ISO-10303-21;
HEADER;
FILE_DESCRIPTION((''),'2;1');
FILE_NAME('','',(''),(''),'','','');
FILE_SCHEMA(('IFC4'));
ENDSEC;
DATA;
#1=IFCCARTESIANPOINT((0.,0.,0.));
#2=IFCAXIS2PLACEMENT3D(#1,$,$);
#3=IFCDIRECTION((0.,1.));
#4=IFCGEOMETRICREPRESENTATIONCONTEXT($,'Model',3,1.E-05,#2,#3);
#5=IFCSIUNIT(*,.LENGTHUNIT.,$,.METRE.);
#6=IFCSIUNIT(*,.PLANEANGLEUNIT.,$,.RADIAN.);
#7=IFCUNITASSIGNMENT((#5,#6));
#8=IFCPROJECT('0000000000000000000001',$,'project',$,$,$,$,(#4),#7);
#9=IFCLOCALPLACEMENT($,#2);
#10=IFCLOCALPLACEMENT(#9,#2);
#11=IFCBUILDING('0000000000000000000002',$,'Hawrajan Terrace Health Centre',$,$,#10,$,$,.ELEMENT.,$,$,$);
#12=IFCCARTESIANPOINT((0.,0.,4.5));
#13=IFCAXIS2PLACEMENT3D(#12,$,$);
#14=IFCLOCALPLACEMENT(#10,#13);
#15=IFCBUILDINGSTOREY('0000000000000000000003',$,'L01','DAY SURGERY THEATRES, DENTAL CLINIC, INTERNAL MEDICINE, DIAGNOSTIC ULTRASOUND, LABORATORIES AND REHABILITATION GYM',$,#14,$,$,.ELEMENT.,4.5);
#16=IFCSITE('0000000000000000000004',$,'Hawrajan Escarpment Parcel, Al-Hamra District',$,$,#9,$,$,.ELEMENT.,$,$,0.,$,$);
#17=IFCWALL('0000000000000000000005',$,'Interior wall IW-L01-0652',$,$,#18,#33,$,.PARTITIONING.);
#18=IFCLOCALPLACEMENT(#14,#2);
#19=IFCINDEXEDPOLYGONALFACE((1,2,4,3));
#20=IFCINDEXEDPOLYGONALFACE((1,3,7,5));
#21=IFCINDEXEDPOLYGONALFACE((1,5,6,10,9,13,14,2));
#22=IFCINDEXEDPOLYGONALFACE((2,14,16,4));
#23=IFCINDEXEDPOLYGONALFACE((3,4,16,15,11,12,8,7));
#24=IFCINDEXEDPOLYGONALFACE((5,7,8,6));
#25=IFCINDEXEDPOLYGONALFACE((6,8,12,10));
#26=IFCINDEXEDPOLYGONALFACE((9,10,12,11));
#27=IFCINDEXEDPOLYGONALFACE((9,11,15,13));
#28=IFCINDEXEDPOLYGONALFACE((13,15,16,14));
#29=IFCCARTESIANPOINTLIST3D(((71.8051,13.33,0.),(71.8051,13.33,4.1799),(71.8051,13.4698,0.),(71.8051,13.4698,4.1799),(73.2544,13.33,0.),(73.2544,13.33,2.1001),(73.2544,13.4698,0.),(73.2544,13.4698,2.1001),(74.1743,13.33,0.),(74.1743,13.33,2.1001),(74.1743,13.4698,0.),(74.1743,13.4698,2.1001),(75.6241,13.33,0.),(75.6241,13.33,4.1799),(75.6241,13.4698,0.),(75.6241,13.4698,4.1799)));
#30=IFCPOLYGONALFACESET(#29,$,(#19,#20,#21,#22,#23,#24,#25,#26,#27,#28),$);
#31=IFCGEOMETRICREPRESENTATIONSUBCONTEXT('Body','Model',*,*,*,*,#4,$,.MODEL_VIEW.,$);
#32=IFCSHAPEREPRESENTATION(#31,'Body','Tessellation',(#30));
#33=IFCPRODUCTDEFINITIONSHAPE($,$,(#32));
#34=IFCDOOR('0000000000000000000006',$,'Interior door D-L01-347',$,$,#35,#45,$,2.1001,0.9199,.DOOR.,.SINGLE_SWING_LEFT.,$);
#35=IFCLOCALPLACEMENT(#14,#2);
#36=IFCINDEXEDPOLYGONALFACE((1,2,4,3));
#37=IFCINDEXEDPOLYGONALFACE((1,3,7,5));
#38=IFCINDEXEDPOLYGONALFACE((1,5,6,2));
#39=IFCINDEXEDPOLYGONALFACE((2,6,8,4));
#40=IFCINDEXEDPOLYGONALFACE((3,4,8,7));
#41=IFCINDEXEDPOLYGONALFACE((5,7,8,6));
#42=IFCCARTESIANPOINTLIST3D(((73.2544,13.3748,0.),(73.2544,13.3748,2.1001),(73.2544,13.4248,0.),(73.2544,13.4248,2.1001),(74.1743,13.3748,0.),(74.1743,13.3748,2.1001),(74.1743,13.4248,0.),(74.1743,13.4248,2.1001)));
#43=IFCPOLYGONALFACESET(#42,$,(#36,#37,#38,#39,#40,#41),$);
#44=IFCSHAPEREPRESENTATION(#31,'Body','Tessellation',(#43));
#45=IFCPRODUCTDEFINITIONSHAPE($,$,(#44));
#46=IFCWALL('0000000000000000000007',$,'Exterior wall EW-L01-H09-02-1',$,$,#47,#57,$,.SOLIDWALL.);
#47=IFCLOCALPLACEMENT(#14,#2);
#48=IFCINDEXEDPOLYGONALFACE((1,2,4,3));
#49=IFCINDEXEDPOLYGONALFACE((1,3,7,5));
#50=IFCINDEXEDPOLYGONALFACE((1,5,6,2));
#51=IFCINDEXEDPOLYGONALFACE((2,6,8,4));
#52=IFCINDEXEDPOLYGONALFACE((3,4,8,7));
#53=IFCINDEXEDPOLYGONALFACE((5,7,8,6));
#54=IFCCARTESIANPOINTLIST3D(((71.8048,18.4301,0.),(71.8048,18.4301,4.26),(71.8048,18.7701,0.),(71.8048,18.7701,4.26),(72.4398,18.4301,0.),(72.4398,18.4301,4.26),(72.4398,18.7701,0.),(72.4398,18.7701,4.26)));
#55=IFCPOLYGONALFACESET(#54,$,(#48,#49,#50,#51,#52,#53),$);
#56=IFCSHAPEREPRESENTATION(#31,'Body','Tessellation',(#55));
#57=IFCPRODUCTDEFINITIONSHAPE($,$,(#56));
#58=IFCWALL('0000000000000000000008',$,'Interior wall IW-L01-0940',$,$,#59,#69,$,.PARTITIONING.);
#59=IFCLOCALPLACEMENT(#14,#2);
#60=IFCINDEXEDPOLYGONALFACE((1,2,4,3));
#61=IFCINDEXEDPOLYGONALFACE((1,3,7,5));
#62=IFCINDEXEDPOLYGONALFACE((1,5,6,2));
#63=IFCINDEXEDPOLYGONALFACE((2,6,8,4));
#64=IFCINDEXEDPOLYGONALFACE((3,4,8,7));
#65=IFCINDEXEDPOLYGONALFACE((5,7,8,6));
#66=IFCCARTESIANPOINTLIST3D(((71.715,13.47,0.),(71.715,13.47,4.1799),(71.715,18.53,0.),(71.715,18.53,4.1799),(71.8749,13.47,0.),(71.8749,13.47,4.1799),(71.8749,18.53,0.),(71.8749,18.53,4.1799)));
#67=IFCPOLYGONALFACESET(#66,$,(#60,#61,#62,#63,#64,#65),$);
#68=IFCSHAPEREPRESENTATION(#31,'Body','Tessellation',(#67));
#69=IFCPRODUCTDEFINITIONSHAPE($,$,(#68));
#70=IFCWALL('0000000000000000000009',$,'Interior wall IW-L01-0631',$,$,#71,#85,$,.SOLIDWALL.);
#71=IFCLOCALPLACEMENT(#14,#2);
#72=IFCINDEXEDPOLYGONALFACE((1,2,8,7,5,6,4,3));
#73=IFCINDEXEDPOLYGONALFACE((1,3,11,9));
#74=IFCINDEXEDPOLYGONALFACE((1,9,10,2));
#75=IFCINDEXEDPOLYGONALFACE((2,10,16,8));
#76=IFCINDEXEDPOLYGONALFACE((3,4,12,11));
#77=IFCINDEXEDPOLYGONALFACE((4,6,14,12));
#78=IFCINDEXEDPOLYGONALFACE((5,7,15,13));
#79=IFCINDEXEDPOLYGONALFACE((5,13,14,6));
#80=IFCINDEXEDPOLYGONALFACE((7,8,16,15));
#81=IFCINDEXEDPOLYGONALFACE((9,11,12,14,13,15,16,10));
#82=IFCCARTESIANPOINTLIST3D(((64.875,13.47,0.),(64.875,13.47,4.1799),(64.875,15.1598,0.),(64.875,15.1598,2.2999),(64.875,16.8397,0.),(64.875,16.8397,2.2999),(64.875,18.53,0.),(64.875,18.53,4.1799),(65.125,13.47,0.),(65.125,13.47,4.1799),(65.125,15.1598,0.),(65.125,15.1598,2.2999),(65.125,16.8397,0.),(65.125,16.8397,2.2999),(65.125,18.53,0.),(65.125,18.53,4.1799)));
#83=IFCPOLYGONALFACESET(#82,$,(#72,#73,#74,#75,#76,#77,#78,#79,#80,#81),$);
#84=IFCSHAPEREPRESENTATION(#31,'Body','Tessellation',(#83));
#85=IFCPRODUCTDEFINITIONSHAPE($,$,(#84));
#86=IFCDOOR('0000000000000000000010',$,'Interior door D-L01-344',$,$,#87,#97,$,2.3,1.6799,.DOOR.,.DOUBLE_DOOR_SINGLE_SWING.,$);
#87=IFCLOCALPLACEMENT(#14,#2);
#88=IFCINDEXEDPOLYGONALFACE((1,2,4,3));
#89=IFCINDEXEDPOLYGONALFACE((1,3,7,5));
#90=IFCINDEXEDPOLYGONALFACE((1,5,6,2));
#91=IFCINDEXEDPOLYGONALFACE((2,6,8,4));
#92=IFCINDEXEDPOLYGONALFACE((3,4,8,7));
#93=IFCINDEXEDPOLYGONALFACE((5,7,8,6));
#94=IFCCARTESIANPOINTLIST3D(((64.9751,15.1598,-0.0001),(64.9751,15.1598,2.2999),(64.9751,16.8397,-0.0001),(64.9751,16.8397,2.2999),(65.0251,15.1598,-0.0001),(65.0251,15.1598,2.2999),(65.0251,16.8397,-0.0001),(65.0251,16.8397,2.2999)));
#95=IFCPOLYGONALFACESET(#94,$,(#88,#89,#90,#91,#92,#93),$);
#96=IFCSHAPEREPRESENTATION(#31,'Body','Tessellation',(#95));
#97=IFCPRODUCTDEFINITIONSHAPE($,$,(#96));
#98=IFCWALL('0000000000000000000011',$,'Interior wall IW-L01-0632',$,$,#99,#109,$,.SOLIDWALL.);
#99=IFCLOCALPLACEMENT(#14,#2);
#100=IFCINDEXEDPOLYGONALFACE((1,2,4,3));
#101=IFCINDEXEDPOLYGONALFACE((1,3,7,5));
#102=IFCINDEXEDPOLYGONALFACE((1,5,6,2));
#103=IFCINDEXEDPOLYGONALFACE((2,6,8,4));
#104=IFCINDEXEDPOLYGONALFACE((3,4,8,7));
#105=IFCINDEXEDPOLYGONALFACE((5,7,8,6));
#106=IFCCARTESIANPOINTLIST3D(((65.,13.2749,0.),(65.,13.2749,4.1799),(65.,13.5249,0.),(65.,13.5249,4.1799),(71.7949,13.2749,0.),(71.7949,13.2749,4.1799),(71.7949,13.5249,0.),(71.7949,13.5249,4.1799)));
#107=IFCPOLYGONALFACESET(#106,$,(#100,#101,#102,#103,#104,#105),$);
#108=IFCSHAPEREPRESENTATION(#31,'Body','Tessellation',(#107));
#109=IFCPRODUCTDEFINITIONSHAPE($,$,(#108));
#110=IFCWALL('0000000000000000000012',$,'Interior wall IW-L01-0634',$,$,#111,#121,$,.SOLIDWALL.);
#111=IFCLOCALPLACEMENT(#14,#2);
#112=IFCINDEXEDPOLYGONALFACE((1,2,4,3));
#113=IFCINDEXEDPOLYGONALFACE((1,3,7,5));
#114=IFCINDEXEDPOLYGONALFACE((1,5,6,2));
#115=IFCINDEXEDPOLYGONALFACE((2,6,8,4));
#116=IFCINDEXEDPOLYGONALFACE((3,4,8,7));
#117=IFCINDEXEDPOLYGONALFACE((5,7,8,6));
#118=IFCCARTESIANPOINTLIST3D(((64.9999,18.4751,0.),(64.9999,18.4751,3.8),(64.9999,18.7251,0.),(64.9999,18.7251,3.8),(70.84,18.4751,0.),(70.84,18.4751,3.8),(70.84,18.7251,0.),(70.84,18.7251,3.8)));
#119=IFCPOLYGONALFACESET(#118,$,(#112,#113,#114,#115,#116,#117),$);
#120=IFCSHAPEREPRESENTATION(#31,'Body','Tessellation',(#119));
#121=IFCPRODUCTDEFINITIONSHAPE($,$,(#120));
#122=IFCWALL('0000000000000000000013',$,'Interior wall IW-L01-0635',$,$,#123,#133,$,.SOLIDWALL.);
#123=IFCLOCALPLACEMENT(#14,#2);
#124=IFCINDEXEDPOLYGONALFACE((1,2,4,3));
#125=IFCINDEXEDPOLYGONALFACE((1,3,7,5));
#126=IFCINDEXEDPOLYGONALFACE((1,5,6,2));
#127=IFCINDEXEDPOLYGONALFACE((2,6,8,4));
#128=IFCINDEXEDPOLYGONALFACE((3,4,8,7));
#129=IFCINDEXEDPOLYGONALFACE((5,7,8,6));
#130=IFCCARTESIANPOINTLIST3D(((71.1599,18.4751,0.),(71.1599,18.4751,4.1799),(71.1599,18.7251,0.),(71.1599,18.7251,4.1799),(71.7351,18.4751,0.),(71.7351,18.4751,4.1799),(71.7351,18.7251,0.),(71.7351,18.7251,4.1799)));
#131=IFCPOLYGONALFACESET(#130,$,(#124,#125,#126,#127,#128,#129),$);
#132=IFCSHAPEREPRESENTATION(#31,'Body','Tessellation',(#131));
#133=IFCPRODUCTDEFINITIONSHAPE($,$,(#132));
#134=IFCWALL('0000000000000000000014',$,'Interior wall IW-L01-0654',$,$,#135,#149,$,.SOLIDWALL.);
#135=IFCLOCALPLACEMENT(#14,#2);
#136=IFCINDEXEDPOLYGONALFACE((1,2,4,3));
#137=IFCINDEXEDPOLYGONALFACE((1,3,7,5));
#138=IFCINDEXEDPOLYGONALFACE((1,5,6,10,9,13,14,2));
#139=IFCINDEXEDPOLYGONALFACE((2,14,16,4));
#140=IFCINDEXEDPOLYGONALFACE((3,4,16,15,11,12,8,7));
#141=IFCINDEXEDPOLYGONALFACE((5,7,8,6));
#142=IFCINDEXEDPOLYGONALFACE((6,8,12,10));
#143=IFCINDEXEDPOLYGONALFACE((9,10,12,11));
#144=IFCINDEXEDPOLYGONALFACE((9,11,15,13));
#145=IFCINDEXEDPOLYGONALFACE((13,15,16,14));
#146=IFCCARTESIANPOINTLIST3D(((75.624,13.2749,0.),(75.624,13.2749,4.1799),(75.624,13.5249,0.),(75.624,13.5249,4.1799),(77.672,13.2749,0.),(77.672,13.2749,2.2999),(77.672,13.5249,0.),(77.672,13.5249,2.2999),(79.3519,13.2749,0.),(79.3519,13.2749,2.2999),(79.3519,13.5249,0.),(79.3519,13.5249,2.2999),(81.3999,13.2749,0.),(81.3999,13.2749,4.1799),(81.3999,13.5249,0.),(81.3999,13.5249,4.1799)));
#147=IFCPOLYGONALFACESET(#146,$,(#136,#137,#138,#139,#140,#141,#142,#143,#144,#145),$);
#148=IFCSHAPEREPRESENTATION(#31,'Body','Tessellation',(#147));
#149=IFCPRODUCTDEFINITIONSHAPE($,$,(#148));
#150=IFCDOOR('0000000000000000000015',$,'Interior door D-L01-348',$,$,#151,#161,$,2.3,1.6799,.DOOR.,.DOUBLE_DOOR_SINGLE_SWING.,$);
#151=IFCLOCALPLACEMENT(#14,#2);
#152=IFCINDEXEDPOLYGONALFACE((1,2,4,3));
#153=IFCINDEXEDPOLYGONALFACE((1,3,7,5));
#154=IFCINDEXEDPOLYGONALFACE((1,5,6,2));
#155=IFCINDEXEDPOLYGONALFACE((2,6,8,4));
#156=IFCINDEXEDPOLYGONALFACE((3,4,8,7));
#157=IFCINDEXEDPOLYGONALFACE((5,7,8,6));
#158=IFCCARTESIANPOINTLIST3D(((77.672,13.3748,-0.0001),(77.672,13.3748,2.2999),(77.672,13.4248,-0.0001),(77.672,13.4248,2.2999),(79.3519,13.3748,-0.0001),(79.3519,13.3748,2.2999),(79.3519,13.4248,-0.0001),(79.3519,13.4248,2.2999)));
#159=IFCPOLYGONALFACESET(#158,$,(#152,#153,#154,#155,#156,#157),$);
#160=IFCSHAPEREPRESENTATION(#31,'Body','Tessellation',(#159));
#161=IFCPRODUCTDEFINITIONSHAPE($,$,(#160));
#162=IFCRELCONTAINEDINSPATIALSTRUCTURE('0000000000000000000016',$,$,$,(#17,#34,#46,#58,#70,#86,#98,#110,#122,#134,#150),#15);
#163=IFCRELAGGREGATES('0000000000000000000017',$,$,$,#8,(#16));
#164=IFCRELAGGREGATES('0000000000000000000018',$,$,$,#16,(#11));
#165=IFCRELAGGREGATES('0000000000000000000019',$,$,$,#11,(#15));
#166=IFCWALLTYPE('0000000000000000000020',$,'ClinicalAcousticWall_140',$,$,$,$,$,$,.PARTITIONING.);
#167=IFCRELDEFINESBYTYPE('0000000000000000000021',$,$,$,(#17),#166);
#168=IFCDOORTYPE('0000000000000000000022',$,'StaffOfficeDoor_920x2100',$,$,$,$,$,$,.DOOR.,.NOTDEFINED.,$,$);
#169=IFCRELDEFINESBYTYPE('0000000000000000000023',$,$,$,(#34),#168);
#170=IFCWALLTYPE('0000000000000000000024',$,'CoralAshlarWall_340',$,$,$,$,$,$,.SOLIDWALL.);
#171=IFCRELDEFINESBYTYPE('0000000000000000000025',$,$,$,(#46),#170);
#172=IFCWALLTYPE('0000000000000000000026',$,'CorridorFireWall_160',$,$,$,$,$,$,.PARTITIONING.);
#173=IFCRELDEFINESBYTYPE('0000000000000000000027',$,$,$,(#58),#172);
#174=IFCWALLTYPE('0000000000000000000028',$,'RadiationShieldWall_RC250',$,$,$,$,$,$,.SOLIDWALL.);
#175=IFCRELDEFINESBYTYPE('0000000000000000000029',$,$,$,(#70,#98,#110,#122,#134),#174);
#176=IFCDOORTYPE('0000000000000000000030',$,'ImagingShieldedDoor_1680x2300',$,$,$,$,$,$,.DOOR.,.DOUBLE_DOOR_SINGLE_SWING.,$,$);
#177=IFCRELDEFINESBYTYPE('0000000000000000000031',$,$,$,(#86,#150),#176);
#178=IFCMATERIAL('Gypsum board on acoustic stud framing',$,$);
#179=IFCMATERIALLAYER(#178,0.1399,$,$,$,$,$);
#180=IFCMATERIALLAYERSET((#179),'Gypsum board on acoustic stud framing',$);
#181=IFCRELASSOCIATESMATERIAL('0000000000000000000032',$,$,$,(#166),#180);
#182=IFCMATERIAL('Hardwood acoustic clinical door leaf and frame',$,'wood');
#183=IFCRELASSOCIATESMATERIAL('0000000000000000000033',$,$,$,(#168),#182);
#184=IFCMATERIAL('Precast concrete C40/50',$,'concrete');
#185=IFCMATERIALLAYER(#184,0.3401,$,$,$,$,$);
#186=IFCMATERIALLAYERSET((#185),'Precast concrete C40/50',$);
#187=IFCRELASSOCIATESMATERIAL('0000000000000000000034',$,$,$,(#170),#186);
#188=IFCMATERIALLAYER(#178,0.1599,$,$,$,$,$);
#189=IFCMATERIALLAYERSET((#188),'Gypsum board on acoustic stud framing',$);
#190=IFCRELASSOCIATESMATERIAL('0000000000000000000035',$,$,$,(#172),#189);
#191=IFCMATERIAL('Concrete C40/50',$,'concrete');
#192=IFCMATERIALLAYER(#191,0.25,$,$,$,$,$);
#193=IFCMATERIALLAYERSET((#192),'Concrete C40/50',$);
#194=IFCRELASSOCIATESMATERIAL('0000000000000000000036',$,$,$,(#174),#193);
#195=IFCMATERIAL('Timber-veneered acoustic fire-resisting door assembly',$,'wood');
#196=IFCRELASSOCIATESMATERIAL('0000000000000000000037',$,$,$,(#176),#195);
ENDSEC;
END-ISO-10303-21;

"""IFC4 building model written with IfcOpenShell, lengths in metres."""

from ifc_helpers import new_model, si_unit, direction, frame, frame_2d, origin, place, context, subcontext, project, spatial, rectangle, extrude, material, layer, layer_set, type_object, element, fill, save


model = new_model("IFC4")

# Units and contexts
model_context = context("Model", 3, precision=1e-05, world=origin(), true_north=direction((0.0, 1.0)))
body_context = subcontext(model_context, "Body", "Model", "MODEL_VIEW")
ifc_project = project(units=[si_unit("LENGTHUNIT", "METRE"), si_unit("PLANEANGLEUNIT", "RADIAN")], contexts=[model_context])

# Site, building, storey
site_placement = place(None, origin())
site = spatial("IfcSite", under=ifc_project, at=site_placement, Name="Hawrajan Escarpment Parcel, Al-Hamra District", CompositionType="ELEMENT", RefElevation=0.0)
building_placement = place(site_placement, origin())
building = spatial("IfcBuilding", under=site, at=building_placement, Name="Hawrajan Terrace Health Centre", CompositionType="ELEMENT")
storey_placement = place(building_placement, frame((0.0, 0.0, 4.5)))
storey = spatial("IfcBuildingStorey", under=building, at=storey_placement, Name="L01", Description="DAY SURGERY THEATRES, DENTAL CLINIC, INTERNAL MEDICINE, DIAGNOSTIC ULTRASOUND, LABORATORIES AND REHABILITATION GYM", CompositionType="ELEMENT", Elevation=4.5)

# Shared definitions
ifc_material_1 = material(Name="Concrete C40/50", Category="concrete")

# Wall, opening, door
ifc_material_2 = material(Name="Gypsum board on acoustic stud framing")
ifc_layer_1 = layer(ifc_material_2, 0.1399)
ifc_layer_set_1 = layer_set([ifc_layer_1], Name="Gypsum board on acoustic stud framing")
wall_type_1 = type_object("IfcWallType", Name="ClinicalAcousticWall_140", PredefinedType="PARTITIONING", material=ifc_layer_set_1)
wall_1_placement = place(storey_placement, frame((71.8049, 13.3999, 0.0), z_axis=(0.0, 0.0, 1.0), x_axis=(1.0, 0.0, 0.0)))
wall_1 = element("IfcWall", 1, at=wall_1_placement, inside=storey, type_object=wall_type_1, Name="Interior wall IW-L01-0652", PredefinedType="PARTITIONING", context=body_context, shape_type="SweptSolid", body=[
    extrude(rectangle(XDim=3.8191, YDim=0.1399, at=frame_2d((1.9097, 0.0))), origin(), (0.0, 0.0, 1.0), 4.1799),
])
opening_1_placement = place(wall_1_placement, frame((1.4495, 0.0, 0.0)))
opening_1 = element("IfcOpeningElement", 2, at=opening_1_placement, cuts=wall_1, PredefinedType="OPENING", context=body_context, shape_type="SweptSolid", body=[
    extrude(rectangle(XDim=0.9199, YDim=2.1001, at=frame_2d((0.46, 1.05))), frame((0.0, 0.0798, 0.0), z_axis=(0.0, -1.0, 0.0), x_axis=(1.0, 0.0, 0.0)), (0.0, 0.0, 1.0), 0.1599),
])
ifc_material_3 = material(Name="Hardwood acoustic clinical door leaf and frame", Category="wood")
door_type_1 = type_object("IfcDoorType", Name="StaffOfficeDoor_920x2100", OperationType="NOTDEFINED", PredefinedType="DOOR", material=ifc_material_3)
door_1_placement = place(opening_1_placement, origin())
door_1 = element("IfcDoor", 3, at=door_1_placement, inside=storey, type_object=door_type_1, Name="Interior door D-L01-347", OperationType="SINGLE_SWING_LEFT", OverallHeight=2.1001, OverallWidth=0.9199, PredefinedType="DOOR", context=body_context, shape_type="SweptSolid", body=[
    extrude(rectangle(XDim=0.9199, YDim=2.1001, at=frame_2d((0.46, 1.05))), frame((0.0, 0.0249, 0.0), z_axis=(0.0, -1.0, 0.0), x_axis=(1.0, 0.0, 0.0)), (0.0, 0.0, 1.0), 0.05),
])
fill(opening_1, door_1)

# Walls
ifc_material_4 = material(Name="Precast concrete C40/50", Category="concrete")
ifc_layer_2 = layer(ifc_material_4, 0.3401)
ifc_layer_set_2 = layer_set([ifc_layer_2], Name="Precast concrete C40/50")
wall_type_2 = type_object("IfcWallType", Name="CoralAshlarWall_340", PredefinedType="SOLIDWALL", material=ifc_layer_set_2)
wall_2_placement = place(storey_placement, frame((71.8049, 18.6001, 0.0), z_axis=(0.0, 0.0, 1.0), x_axis=(1.0, 0.0, 0.0)))
element("IfcWall", 4, at=wall_2_placement, inside=storey, type_object=wall_type_2, Name="Exterior wall EW-L01-H09-02-1", PredefinedType="SOLIDWALL", context=body_context, shape_type="SweptSolid", body=[
    extrude(rectangle(XDim=0.635, YDim=0.3401, at=frame_2d((0.3174, 0.0))), origin(), (0.0, 0.0, 1.0), 4.26),
])
ifc_layer_3 = layer(ifc_material_2, 0.1599)
ifc_layer_set_3 = layer_set([ifc_layer_3], Name="Gypsum board on acoustic stud framing")
wall_type_3 = type_object("IfcWallType", Name="CorridorFireWall_160", PredefinedType="PARTITIONING", material=ifc_layer_set_3)
wall_3_placement = place(storey_placement, frame((71.7949, 13.47, 0.0), z_axis=(0.0, 0.0, 1.0), x_axis=(0.0, 1.0, 0.0)))
element("IfcWall", 5, at=wall_3_placement, inside=storey, type_object=wall_type_3, Name="Interior wall IW-L01-0940", PredefinedType="PARTITIONING", context=body_context, shape_type="SweptSolid", body=[
    extrude(rectangle(XDim=5.0601, YDim=0.1599, at=frame_2d((2.53, 0.0))), origin(), (0.0, 0.0, 1.0), 4.1799),
])

# Wall, opening, door
ifc_layer_4 = layer(ifc_material_1, 0.25)
ifc_layer_set_4 = layer_set([ifc_layer_4], Name="Concrete C40/50")
wall_type_4 = type_object("IfcWallType", Name="RadiationShieldWall_RC250", PredefinedType="SOLIDWALL", material=ifc_layer_set_4)
wall_4_placement = place(storey_placement, frame((65.0, 13.47, 0.0), z_axis=(0.0, 0.0, 1.0), x_axis=(0.0, 1.0, 0.0)))
wall_4 = element("IfcWall", 6, at=wall_4_placement, inside=storey, type_object=wall_type_4, Name="Interior wall IW-L01-0631", PredefinedType="SOLIDWALL", context=body_context, shape_type="SweptSolid", body=[
    extrude(rectangle(XDim=5.0601, YDim=0.25, at=frame_2d((2.53, 0.0))), origin(), (0.0, 0.0, 1.0), 4.1799),
])
opening_2_placement = place(wall_4_placement, frame((1.6899, 0.0, 0.0)))
opening_2 = element("IfcOpeningElement", 7, at=opening_2_placement, cuts=wall_4, PredefinedType="OPENING", context=body_context, shape_type="SweptSolid", body=[
    extrude(rectangle(XDim=1.6799, YDim=2.3, at=frame_2d((0.8398, 1.1499))), frame((0.0, 0.135, 0.0), z_axis=(0.0, -1.0, 0.0), x_axis=(1.0, 0.0, 0.0)), (0.0, 0.0, 1.0), 0.27),
])
ifc_material_5 = material(Name="Timber-veneered acoustic fire-resisting door assembly", Category="wood")
door_type_2 = type_object("IfcDoorType", Name="ImagingShieldedDoor_1680x2300", OperationType="DOUBLE_DOOR_SINGLE_SWING", PredefinedType="DOOR", material=ifc_material_5)
door_2_placement = place(opening_2_placement, origin())
door_2 = element("IfcDoor", 8, at=door_2_placement, inside=storey, type_object=door_type_2, Name="Interior door D-L01-344", OperationType="DOUBLE_DOOR_SINGLE_SWING", OverallHeight=2.3, OverallWidth=1.6799, PredefinedType="DOOR", context=body_context, shape_type="SweptSolid", body=[
    extrude(rectangle(XDim=1.6799, YDim=2.3, at=frame_2d((0.8398, 1.1499))), frame((0.0, 0.0249, 0.0), z_axis=(0.0, -1.0, 0.0), x_axis=(1.0, 0.0, 0.0)), (0.0, 0.0, 1.0), 0.05),
])
fill(opening_2, door_2)

# Walls
wall_5_placement = place(storey_placement, frame((65.0, 13.3999, 0.0), z_axis=(0.0, 0.0, 1.0), x_axis=(1.0, 0.0, 0.0)))
element("IfcWall", 9, at=wall_5_placement, inside=storey, type_object=wall_type_4, Name="Interior wall IW-L01-0632", PredefinedType="SOLIDWALL", context=body_context, shape_type="SweptSolid", body=[
    extrude(rectangle(XDim=6.7949, YDim=0.25, at=frame_2d((3.3975, 0.0))), origin(), (0.0, 0.0, 1.0), 4.1799),
])
wall_6_placement = place(storey_placement, frame((65.0, 18.6001, 0.0), z_axis=(0.0, 0.0, 1.0), x_axis=(1.0, 0.0, 0.0)))
element("IfcWall", 10, at=wall_6_placement, inside=storey, type_object=wall_type_4, Name="Interior wall IW-L01-0634", PredefinedType="SOLIDWALL", context=body_context, shape_type="SweptSolid", body=[
    extrude(rectangle(XDim=5.8401, YDim=0.25, at=frame_2d((2.9199, 0.0))), origin(), (0.0, 0.0, 1.0), 3.8),
])
wall_7_placement = place(storey_placement, frame((71.1599, 18.6001, 0.0), z_axis=(0.0, 0.0, 1.0), x_axis=(1.0, 0.0, 0.0)))
element("IfcWall", 11, at=wall_7_placement, inside=storey, type_object=wall_type_4, Name="Interior wall IW-L01-0635", PredefinedType="SOLIDWALL", context=body_context, shape_type="SweptSolid", body=[
    extrude(rectangle(XDim=0.5752, YDim=0.25, at=frame_2d((0.2876, 0.0))), origin(), (0.0, 0.0, 1.0), 4.1799),
])

# Wall, opening, door
wall_8_placement = place(storey_placement, frame((75.624, 13.3999, 0.0), z_axis=(0.0, 0.0, 1.0), x_axis=(1.0, 0.0, 0.0)))
wall_8 = element("IfcWall", 12, at=wall_8_placement, inside=storey, type_object=wall_type_4, Name="Interior wall IW-L01-0654", PredefinedType="SOLIDWALL", context=body_context, shape_type="SweptSolid", body=[
    extrude(rectangle(XDim=5.7759, YDim=0.25, at=frame_2d((2.8879, 0.0))), origin(), (0.0, 0.0, 1.0), 4.1799),
])
opening_3_placement = place(wall_8_placement, frame((2.0481, 0.0, 0.0)))
opening_3 = element("IfcOpeningElement", 13, at=opening_3_placement, cuts=wall_8, PredefinedType="OPENING", context=body_context, shape_type="SweptSolid", body=[
    extrude(rectangle(XDim=1.6799, YDim=2.3, at=frame_2d((0.8398, 1.1499))), frame((0.0, 0.135, 0.0), z_axis=(0.0, -1.0, 0.0), x_axis=(1.0, 0.0, 0.0)), (0.0, 0.0, 1.0), 0.27),
])
door_3_placement = place(opening_3_placement, origin())
door_3 = element("IfcDoor", 14, at=door_3_placement, inside=storey, type_object=door_type_2, Name="Interior door D-L01-348", OperationType="DOUBLE_DOOR_SINGLE_SWING", OverallHeight=2.3, OverallWidth=1.6799, PredefinedType="DOOR", context=body_context, shape_type="SweptSolid", body=[
    extrude(rectangle(XDim=1.6799, YDim=2.3, at=frame_2d((0.8398, 1.1499))), frame((0.0, 0.0249, 0.0), z_axis=(0.0, -1.0, 0.0), x_axis=(1.0, 0.0, 0.0)), (0.0, 0.0, 1.0), 0.05),
])
fill(opening_3, door_3)

save(model, "model.ifc")
